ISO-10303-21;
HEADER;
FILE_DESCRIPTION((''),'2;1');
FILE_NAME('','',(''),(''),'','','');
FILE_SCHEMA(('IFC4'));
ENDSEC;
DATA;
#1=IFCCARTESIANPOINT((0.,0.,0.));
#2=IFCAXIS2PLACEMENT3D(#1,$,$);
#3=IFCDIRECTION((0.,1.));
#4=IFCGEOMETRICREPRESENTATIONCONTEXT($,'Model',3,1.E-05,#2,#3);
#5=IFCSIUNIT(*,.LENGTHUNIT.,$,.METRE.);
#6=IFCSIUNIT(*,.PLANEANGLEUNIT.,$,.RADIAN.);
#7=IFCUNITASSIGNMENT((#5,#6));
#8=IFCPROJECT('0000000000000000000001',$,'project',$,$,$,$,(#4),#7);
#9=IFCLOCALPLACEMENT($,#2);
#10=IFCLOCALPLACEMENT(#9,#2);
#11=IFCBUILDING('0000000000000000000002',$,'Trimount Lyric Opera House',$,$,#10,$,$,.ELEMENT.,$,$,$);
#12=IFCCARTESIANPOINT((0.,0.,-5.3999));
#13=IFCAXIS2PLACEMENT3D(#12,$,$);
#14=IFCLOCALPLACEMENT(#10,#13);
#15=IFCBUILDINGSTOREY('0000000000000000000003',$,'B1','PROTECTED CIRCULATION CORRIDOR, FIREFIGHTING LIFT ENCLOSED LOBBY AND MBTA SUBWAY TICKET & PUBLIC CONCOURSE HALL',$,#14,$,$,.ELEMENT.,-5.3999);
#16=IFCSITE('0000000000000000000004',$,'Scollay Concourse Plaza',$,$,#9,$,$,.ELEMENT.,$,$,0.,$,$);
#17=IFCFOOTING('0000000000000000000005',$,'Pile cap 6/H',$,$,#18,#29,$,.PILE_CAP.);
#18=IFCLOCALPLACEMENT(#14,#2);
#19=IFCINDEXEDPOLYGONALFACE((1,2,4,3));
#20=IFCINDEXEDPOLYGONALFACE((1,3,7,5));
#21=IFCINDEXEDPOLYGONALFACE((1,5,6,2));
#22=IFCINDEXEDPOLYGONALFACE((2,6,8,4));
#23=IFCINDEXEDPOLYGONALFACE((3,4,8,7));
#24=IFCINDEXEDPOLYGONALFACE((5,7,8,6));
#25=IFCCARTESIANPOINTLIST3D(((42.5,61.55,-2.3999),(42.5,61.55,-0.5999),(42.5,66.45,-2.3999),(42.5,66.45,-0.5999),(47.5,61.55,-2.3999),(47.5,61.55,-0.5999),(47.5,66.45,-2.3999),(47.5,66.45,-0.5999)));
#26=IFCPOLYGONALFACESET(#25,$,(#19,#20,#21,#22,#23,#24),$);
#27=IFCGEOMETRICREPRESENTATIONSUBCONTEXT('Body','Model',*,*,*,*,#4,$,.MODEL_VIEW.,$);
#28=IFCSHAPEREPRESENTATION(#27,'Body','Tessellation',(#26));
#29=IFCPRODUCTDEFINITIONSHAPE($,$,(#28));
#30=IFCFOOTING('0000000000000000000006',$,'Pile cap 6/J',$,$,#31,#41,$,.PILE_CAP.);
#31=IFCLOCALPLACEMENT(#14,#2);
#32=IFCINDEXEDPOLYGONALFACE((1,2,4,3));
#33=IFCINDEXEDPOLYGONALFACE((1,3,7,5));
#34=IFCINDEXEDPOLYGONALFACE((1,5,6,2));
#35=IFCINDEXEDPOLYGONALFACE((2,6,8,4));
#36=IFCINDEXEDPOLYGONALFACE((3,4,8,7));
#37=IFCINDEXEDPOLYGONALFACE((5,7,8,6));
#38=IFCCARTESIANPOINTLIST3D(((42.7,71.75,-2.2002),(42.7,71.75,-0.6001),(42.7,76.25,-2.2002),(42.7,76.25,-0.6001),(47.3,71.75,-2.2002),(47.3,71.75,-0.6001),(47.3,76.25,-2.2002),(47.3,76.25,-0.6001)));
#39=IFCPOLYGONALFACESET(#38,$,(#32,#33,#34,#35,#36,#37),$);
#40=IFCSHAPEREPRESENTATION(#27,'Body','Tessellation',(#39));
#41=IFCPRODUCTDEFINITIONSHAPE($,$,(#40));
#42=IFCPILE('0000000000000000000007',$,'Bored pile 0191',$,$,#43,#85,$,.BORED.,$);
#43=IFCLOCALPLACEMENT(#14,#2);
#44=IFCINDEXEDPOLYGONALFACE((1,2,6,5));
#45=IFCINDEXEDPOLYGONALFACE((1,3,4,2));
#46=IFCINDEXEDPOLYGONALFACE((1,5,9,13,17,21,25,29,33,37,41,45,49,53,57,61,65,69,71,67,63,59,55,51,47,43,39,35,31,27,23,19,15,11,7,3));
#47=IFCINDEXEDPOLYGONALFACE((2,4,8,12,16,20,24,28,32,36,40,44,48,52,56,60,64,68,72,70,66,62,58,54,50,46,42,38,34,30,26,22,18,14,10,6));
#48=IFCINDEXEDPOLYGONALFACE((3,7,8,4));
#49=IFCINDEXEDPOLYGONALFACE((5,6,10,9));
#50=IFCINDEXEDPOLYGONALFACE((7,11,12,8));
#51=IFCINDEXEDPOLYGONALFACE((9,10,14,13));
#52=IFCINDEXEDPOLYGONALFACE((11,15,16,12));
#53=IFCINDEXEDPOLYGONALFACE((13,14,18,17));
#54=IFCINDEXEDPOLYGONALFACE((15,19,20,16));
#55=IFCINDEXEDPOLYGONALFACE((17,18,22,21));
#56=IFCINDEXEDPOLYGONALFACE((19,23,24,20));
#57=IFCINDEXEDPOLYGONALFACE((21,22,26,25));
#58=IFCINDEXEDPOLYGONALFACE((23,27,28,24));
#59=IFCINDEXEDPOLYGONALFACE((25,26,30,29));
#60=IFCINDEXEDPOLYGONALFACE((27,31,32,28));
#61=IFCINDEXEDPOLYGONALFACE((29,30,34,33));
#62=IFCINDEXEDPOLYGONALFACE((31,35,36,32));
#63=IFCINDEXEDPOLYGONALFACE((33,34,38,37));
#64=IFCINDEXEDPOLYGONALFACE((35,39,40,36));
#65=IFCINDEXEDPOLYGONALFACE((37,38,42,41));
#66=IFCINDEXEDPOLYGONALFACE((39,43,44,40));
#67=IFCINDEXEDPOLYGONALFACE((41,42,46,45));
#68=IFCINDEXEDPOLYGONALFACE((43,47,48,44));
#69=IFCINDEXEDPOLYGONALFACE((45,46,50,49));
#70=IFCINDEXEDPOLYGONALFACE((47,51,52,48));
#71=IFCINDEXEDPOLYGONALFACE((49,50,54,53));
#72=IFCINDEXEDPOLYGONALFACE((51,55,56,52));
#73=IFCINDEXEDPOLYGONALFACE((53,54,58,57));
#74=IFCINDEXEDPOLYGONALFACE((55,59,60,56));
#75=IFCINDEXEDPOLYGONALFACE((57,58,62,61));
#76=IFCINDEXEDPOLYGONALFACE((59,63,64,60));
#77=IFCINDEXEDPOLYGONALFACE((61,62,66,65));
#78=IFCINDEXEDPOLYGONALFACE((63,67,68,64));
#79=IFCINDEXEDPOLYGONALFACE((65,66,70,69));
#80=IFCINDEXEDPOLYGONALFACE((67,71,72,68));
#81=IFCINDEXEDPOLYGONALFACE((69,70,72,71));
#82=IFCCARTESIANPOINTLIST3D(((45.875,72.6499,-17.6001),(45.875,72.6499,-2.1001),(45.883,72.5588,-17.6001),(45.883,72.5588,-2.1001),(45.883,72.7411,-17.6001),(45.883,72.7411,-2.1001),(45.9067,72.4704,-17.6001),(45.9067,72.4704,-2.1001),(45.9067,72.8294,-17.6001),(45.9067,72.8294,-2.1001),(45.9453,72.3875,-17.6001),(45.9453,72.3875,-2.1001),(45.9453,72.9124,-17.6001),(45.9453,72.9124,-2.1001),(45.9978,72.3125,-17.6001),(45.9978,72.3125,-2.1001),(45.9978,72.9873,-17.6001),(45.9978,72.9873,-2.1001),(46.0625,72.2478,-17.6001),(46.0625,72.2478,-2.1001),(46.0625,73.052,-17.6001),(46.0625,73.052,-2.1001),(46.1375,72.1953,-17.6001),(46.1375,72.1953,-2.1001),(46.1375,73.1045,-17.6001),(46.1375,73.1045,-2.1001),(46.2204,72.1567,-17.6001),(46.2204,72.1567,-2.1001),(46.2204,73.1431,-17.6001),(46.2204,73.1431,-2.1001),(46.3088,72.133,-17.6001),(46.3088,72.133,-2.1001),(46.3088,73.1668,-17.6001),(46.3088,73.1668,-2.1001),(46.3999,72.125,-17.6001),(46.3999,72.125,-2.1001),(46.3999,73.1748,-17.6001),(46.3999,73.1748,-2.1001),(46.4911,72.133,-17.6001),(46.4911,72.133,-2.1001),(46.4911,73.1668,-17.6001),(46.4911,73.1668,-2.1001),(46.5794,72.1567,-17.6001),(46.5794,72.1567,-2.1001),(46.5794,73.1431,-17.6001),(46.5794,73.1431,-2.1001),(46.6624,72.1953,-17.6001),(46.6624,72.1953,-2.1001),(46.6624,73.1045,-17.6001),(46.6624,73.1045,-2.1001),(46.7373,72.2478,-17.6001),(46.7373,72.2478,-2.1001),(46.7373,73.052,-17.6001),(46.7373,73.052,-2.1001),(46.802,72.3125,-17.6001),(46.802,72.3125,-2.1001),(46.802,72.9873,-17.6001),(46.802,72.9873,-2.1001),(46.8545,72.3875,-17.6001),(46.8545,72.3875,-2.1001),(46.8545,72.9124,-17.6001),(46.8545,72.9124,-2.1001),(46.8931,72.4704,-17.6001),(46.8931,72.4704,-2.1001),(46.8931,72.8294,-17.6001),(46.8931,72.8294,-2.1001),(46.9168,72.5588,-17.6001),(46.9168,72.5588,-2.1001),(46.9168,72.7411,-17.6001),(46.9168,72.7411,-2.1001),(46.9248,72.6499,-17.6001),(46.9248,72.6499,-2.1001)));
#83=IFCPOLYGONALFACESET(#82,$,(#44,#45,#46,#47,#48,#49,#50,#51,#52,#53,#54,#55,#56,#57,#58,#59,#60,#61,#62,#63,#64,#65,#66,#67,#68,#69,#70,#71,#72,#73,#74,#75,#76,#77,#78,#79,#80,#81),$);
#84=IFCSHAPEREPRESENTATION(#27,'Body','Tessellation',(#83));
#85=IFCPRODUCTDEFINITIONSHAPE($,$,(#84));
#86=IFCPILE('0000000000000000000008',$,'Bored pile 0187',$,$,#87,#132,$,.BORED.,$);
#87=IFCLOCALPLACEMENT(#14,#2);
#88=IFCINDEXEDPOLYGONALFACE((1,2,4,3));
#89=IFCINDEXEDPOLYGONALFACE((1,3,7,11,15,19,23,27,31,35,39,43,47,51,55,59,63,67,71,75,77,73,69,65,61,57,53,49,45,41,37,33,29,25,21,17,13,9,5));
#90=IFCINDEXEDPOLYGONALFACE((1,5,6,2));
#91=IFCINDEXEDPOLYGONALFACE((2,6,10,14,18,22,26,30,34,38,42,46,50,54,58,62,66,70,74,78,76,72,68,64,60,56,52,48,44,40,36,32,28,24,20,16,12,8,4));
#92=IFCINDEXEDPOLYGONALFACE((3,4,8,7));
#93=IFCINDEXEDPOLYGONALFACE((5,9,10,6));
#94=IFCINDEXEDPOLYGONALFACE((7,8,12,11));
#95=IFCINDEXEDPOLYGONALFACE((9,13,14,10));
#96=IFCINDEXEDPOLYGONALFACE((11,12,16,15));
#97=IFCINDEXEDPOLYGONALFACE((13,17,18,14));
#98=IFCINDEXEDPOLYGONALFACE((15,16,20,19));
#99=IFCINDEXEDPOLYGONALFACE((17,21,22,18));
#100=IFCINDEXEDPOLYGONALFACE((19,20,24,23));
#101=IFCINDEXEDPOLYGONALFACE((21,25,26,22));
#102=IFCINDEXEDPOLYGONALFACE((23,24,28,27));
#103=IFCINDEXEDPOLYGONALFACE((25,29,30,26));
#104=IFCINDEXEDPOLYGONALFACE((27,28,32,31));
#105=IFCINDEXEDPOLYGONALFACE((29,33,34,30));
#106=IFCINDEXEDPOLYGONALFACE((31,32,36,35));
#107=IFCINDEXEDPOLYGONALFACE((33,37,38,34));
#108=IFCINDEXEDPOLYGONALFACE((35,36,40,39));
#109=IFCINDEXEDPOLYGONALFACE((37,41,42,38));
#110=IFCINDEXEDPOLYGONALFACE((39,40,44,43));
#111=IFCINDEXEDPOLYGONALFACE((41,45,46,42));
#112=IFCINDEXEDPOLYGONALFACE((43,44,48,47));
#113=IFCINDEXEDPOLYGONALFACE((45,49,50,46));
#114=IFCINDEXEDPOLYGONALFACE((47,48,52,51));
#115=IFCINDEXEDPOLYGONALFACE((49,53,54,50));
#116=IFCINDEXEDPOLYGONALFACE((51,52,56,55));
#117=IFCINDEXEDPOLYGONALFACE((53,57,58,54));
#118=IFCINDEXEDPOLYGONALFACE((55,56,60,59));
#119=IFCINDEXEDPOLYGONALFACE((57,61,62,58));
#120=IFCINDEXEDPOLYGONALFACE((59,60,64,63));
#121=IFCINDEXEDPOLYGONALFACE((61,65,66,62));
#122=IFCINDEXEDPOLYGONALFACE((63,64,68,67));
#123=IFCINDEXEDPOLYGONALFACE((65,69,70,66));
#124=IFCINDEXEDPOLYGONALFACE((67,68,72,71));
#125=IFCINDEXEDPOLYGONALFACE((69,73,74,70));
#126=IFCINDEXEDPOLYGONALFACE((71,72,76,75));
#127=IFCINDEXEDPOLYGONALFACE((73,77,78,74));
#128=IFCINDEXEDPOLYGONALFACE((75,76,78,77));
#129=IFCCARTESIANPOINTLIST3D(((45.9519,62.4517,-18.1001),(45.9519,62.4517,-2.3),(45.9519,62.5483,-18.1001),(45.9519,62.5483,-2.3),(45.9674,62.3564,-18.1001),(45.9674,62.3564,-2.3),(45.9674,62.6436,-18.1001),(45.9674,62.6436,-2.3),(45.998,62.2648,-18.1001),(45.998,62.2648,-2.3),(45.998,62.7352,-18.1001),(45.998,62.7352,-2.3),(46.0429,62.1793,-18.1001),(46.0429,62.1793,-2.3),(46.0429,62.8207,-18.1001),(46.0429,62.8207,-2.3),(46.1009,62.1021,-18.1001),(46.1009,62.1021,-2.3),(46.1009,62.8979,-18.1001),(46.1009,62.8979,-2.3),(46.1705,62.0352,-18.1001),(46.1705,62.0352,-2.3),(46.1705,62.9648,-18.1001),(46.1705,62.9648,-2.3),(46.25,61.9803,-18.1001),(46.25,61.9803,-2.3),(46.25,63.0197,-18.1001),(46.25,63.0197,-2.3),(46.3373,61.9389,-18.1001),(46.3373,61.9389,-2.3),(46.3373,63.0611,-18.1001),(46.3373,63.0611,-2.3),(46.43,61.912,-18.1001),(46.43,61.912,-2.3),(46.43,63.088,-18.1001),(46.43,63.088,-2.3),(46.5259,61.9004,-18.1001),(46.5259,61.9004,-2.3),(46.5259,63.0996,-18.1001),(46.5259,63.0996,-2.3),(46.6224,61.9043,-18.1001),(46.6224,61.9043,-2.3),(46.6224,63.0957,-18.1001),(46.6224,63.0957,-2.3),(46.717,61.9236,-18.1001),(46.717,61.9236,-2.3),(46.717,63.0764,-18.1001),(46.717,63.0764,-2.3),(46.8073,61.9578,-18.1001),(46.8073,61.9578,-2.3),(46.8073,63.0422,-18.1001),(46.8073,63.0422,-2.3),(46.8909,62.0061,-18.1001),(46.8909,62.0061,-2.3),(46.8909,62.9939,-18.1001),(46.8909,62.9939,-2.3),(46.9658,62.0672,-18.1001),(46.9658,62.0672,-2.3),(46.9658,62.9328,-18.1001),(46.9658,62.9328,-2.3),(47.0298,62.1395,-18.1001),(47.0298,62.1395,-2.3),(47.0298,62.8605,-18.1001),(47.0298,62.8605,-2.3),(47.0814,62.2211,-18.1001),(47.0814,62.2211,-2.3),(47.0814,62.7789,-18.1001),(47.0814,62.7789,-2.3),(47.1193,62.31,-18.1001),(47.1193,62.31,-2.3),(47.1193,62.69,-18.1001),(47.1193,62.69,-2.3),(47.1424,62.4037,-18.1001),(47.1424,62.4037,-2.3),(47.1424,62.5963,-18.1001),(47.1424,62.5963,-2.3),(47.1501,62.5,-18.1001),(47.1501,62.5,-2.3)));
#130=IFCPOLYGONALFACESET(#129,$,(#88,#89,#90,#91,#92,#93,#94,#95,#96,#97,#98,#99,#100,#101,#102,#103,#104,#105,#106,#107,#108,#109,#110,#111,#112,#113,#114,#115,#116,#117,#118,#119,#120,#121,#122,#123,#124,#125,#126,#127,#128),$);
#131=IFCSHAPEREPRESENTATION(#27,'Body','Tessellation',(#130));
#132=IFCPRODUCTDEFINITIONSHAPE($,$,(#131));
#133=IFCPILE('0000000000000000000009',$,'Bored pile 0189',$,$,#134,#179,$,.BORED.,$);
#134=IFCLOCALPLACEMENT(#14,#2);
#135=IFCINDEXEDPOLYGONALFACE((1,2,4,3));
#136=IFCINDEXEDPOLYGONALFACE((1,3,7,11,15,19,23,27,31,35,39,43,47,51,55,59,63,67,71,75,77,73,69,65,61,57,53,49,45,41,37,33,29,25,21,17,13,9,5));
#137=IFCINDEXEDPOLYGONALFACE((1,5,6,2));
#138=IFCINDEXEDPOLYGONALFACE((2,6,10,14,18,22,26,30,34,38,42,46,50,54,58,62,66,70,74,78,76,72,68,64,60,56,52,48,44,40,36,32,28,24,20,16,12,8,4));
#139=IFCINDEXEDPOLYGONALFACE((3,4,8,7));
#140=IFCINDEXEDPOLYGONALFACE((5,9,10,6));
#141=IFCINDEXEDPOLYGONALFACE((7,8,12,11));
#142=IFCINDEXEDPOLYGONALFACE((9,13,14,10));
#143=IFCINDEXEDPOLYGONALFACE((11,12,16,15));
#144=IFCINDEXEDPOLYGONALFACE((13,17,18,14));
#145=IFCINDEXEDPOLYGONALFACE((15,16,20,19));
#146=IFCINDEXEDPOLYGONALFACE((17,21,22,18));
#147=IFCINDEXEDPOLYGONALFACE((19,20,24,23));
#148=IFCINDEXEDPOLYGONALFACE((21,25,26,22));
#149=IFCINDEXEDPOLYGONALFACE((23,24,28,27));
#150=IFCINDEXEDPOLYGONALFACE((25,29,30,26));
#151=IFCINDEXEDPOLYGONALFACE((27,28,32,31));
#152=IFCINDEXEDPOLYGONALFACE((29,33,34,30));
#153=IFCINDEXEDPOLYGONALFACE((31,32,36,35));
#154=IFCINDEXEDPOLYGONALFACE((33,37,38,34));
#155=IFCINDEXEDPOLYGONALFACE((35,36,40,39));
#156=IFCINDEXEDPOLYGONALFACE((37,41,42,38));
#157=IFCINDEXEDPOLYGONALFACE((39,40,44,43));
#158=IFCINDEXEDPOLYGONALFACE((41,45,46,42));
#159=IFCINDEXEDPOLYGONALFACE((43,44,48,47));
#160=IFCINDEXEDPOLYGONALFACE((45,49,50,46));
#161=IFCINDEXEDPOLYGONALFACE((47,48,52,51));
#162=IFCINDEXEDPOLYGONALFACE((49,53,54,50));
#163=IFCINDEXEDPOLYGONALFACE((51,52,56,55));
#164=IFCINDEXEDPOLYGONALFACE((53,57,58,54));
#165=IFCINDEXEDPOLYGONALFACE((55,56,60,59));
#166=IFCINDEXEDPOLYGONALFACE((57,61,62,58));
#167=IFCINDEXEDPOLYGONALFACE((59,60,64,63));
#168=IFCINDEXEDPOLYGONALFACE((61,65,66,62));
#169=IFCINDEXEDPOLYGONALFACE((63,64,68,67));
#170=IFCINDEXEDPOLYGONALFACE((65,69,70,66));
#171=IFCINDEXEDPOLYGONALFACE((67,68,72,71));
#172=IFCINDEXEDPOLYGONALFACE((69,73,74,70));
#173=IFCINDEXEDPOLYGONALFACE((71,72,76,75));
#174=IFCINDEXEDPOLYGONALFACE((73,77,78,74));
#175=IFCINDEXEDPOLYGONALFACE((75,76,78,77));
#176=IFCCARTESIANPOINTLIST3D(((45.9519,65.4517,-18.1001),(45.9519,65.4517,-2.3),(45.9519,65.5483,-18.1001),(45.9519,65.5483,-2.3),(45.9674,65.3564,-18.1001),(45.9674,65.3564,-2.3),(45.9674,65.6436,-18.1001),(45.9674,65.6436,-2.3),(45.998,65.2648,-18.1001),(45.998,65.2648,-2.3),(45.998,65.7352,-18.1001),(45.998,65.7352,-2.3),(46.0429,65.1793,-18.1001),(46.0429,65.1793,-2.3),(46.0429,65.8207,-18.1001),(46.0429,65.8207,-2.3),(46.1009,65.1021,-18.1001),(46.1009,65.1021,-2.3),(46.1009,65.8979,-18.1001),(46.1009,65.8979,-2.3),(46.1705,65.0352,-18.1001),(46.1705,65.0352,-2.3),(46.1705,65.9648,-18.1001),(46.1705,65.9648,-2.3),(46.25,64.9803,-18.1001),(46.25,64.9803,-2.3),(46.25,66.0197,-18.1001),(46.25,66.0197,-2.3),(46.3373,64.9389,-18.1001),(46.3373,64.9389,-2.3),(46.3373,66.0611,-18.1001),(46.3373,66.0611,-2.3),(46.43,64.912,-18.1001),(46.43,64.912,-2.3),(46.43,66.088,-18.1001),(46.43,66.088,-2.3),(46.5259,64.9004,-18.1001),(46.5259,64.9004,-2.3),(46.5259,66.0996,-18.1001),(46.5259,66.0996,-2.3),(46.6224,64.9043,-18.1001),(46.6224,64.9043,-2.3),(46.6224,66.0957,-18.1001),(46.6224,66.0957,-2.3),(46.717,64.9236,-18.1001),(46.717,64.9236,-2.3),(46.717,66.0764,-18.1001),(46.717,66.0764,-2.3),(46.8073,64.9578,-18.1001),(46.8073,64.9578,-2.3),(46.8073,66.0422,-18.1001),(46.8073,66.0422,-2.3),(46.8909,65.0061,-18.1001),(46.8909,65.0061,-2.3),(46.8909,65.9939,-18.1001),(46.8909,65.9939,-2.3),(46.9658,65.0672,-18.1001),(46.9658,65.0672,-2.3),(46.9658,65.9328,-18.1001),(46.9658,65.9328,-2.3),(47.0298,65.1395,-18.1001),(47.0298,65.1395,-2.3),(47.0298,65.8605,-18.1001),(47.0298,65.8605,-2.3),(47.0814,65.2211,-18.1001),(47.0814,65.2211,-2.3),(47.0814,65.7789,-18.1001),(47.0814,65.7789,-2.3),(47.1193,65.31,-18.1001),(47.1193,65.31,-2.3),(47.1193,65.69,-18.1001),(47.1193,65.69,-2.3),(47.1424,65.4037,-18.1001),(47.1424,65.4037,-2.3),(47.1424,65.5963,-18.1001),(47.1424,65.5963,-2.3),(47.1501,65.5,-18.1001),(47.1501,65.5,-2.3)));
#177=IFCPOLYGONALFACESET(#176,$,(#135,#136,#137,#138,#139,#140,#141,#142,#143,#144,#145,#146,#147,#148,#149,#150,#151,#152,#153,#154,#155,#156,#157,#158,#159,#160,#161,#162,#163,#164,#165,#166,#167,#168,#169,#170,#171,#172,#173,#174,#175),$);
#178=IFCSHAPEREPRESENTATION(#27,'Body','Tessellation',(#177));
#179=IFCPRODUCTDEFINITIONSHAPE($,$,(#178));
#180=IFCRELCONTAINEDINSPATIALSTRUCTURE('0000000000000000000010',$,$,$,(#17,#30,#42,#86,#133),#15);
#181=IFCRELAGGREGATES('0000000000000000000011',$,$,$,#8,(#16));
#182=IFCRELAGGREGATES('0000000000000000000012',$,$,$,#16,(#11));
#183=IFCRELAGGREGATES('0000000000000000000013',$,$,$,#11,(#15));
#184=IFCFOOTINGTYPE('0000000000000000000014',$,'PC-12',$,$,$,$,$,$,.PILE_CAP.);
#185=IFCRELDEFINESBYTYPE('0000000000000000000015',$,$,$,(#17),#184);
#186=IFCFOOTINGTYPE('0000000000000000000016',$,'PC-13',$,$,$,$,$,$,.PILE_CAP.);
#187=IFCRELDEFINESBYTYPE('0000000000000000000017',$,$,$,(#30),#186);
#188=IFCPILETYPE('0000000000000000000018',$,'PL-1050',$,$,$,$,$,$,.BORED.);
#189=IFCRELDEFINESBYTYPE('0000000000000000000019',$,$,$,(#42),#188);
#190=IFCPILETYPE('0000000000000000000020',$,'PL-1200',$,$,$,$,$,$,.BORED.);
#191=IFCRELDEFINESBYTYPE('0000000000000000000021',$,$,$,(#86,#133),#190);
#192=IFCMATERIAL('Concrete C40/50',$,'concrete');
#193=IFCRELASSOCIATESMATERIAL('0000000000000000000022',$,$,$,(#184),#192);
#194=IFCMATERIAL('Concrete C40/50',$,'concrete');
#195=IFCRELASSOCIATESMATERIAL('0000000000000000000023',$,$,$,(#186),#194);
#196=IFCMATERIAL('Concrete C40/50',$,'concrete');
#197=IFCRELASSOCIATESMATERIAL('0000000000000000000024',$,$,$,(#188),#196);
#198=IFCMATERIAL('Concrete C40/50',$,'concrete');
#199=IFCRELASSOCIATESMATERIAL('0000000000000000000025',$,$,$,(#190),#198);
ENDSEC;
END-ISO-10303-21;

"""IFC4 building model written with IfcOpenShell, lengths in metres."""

from ifc_helpers import new_model, si_unit, direction, frame, origin, origin_2d, place, context, subcontext, project, spatial, rectangle, circle, extrude, material, material_profile, profile_set, type_object, element, save


model = new_model("IFC4")

# Units and contexts
model_context = context("Model", 3, precision=1e-05, world=origin(), true_north=direction((0.0, 1.0)))
body_context = subcontext(model_context, "Body", "Model", "MODEL_VIEW")
ifc_project = project(units=[si_unit("LENGTHUNIT", "METRE"), si_unit("PLANEANGLEUNIT", "RADIAN")], contexts=[model_context])

# Site, building, storey
site_placement = place(None, origin())
site = spatial("IfcSite", under=ifc_project, at=site_placement, Name="Scollay Concourse Plaza", CompositionType="ELEMENT", RefElevation=0.0)
building_placement = place(site_placement, origin())
building = spatial("IfcBuilding", under=site, at=building_placement, Name="Trimount Lyric Opera House", CompositionType="ELEMENT")
storey_placement = place(building_placement, frame((0.0, 0.0, -5.3999)))
storey = spatial("IfcBuildingStorey", under=building, at=storey_placement, Name="B1", Description="PROTECTED CIRCULATION CORRIDOR, FIREFIGHTING LIFT ENCLOSED LOBBY AND MBTA SUBWAY TICKET & PUBLIC CONCOURSE HALL", CompositionType="ELEMENT", Elevation=-5.3999)

# Footings
ifc_material_1 = material(Name="Concrete C40/50", Category="concrete")
footing_type_1 = type_object("IfcFootingType", Name="PC-12", PredefinedType="PILE_CAP", material=ifc_material_1)
footing_1_placement = place(storey_placement, frame((45.0, 64.0, -2.3999), z_axis=(0.0, 0.0, 1.0), x_axis=(1.0, 0.0, 0.0)))
element("IfcFooting", 1, at=footing_1_placement, inside=storey, type_object=footing_type_1, Name="Pile cap 6/H", PredefinedType="PILE_CAP", context=body_context, shape_type="SweptSolid", body=[
    extrude(rectangle(XDim=5.0, YDim=4.8999, at=origin_2d()), origin(), (0.0, 0.0, 1.0), 1.8),
])
ifc_material_2 = material(Name="Concrete C40/50", Category="concrete")
footing_type_2 = type_object("IfcFootingType", Name="PC-13", PredefinedType="PILE_CAP", material=ifc_material_2)
footing_2_placement = place(storey_placement, frame((45.0, 74.0, -2.2002), z_axis=(0.0, 0.0, 1.0), x_axis=(1.0, 0.0, 0.0)))
element("IfcFooting", 2, at=footing_2_placement, inside=storey, type_object=footing_type_2, Name="Pile cap 6/J", PredefinedType="PILE_CAP", context=body_context, shape_type="SweptSolid", body=[
    extrude(rectangle(XDim=4.6001, YDim=4.5, at=origin_2d()), origin(), (0.0, 0.0, 1.0), 1.6001),
])

# Piles
ifc_material_3 = material(Name="Concrete C40/50", Category="concrete")
ifc_material_profile_1 = material_profile(ifc_material_3, circle(Radius=0.5249, at=origin_2d()), Name="PILE-D1050")
ifc_profile_set_1 = profile_set([ifc_material_profile_1], Name="Concrete C40/50")
pile_type_1 = type_object("IfcPileType", Name="PL-1050", PredefinedType="BORED", material=ifc_profile_set_1)
pile_placement = place(storey_placement, frame((46.3999, 72.6499, -2.1001), z_axis=(0.0, 0.0, -1.0), x_axis=(1.0, 0.0, 0.0)))
element("IfcPile", 3, at=pile_placement, inside=storey, type_object=pile_type_1, Name="Bored pile 0191", PredefinedType="BORED", context=body_context, shape_type="SweptSolid", body=[
    extrude(circle(Radius=0.5249, at=origin_2d()), origin(), (0.0, 0.0, 1.0), 15.5),
])
ifc_material_4 = material(Name="Concrete C40/50", Category="concrete")
ifc_material_profile_2 = material_profile(ifc_material_4, circle(Radius=0.6001, at=origin_2d()), Name="PILE-D1200")
ifc_profile_set_2 = profile_set([ifc_material_profile_2], Name="Concrete C40/50")
pile_type_2 = type_object("IfcPileType", Name="PL-1200", PredefinedType="BORED", material=ifc_profile_set_2)
for number, where, z_axis, x_axis, name in (
    (4, (46.55, 62.5, -2.3), (0.0, 0.0, -1.0), (1.0, 0.0, 0.0), "Bored pile 0187"),
    (5, (46.55, 65.5, -2.3), (0.0, 0.0, -1.0), (1.0, 0.0, 0.0), "Bored pile 0189"),
):
    element("IfcPile", number, at=place(storey_placement, frame(where, z_axis=z_axis, x_axis=x_axis)), inside=storey, type_object=pile_type_2, Name=name, PredefinedType="BORED", context=body_context, shape_type="SweptSolid", body=[
        extrude(circle(Radius=0.6001, at=origin_2d()), origin(), (0.0, 0.0, 1.0), 15.8),
    ])

save(model, "model.ifc")
